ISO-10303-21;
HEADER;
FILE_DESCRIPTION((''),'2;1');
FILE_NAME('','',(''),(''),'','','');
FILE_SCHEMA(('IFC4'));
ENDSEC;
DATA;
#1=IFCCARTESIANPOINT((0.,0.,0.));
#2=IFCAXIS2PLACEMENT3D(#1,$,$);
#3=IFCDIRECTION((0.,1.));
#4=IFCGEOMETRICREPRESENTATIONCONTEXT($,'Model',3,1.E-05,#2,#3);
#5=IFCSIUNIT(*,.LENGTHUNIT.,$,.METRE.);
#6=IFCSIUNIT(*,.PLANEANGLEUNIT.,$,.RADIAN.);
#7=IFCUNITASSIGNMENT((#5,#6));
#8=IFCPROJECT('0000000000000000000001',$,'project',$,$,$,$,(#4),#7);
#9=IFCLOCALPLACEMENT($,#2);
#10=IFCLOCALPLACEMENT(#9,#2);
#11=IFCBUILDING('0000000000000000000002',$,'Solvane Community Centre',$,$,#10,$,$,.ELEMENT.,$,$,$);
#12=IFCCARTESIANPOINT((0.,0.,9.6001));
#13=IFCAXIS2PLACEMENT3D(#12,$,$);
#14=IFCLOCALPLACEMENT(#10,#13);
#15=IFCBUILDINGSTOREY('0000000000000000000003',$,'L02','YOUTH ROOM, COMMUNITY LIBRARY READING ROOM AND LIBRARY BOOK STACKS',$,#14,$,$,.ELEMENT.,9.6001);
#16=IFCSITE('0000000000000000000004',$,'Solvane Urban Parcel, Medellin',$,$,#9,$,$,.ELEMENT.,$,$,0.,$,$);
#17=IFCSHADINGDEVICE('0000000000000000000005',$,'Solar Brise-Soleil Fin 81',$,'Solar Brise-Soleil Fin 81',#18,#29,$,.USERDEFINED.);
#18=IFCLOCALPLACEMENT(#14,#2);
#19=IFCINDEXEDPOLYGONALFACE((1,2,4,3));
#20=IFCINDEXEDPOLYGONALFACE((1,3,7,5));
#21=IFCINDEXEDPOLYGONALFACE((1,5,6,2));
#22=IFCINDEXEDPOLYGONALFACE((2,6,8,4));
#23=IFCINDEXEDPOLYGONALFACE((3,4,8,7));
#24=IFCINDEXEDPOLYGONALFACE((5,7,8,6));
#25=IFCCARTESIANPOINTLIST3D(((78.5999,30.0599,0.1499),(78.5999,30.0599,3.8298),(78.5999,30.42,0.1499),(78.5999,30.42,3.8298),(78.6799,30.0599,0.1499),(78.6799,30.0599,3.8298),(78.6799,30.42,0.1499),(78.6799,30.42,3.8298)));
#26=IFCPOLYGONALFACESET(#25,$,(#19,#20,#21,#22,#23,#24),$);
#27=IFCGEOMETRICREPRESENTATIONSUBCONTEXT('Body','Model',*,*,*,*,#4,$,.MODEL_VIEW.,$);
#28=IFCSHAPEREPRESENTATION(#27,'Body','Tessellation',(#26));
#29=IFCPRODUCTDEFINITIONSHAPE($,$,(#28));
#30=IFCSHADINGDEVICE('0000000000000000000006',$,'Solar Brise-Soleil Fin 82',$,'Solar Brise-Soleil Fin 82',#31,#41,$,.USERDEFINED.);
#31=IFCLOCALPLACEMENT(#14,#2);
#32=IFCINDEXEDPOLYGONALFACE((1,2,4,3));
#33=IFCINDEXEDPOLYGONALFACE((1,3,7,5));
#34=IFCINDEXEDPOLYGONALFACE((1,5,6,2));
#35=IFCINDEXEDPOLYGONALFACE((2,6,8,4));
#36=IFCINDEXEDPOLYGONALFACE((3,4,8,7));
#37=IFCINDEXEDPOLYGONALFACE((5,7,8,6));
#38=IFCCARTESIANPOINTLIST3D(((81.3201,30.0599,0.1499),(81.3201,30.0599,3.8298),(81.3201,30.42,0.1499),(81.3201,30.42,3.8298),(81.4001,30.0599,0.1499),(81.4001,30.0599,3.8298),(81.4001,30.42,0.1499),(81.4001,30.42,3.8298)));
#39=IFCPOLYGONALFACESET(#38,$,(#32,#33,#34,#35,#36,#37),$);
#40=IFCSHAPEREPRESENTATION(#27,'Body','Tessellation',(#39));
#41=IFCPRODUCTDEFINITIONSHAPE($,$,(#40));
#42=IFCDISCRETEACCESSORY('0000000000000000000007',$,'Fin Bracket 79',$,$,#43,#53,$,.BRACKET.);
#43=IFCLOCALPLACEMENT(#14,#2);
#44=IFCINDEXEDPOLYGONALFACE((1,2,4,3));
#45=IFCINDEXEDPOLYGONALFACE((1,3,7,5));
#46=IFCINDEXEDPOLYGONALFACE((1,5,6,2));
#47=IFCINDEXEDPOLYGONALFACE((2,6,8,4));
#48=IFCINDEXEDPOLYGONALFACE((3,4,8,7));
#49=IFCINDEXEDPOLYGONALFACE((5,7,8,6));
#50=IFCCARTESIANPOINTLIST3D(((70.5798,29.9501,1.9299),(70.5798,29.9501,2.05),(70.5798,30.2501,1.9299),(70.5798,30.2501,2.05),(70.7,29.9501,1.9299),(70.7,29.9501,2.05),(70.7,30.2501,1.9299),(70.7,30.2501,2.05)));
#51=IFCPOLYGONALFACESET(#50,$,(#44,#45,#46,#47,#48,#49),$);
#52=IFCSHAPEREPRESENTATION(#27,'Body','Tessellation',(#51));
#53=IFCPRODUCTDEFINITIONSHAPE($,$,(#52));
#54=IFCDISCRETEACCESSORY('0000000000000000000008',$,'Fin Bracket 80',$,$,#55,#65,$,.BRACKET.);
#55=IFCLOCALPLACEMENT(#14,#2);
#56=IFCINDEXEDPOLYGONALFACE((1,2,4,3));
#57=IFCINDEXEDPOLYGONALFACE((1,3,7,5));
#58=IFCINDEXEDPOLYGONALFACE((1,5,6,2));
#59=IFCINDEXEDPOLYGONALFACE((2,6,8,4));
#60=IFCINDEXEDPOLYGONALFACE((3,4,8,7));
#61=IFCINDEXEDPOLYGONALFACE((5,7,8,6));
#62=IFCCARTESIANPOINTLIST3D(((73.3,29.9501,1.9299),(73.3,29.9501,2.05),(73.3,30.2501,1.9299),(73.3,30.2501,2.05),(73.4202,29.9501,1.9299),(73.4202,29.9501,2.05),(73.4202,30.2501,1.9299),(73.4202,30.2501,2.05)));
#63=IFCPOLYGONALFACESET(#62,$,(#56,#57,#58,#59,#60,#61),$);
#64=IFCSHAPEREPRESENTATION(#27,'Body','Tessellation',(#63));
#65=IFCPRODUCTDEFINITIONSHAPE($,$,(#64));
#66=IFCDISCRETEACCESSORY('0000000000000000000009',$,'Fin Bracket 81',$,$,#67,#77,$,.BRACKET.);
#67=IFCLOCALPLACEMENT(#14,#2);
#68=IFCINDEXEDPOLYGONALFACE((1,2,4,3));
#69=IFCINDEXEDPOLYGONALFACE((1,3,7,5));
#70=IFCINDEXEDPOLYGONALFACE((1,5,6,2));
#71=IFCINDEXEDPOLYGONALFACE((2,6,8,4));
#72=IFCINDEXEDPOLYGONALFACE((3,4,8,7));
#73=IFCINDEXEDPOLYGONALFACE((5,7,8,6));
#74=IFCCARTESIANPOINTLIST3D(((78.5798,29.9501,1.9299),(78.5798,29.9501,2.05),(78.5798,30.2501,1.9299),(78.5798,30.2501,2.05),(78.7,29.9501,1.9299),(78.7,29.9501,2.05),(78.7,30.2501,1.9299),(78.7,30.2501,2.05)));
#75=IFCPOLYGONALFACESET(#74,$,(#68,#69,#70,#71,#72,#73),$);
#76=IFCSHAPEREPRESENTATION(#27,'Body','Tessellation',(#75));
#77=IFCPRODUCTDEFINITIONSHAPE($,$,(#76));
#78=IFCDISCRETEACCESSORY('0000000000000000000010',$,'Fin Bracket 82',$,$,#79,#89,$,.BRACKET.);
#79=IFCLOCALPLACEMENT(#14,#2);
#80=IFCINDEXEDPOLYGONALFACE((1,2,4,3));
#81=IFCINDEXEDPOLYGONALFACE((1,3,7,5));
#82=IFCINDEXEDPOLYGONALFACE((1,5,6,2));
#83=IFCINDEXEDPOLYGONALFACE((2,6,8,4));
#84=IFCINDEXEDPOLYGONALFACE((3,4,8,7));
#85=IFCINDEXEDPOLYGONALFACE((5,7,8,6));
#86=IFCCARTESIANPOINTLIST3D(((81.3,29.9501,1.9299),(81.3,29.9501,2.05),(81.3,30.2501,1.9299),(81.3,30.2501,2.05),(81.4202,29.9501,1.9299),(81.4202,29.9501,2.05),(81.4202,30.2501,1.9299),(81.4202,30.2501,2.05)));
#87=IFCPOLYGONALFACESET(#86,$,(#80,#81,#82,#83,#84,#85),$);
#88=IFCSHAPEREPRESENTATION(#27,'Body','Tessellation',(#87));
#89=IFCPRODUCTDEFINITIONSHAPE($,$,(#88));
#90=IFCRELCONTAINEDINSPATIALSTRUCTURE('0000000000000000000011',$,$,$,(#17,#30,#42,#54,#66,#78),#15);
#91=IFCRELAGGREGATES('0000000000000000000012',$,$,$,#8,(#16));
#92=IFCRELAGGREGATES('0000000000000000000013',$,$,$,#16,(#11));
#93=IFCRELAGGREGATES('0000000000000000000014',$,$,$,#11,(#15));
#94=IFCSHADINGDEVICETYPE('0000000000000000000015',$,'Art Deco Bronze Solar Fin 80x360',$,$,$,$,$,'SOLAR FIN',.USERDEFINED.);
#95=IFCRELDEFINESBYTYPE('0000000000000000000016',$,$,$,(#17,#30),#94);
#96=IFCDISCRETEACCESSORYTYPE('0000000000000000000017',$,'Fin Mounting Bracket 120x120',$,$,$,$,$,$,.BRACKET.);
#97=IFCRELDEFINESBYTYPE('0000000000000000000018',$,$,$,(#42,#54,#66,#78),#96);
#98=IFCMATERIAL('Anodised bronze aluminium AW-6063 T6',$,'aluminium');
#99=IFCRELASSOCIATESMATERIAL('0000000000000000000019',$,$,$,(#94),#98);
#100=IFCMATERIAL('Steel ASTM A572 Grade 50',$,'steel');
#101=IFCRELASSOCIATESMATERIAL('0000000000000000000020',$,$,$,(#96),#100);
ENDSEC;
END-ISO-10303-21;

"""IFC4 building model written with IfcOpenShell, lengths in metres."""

from ifc_helpers import new_model, si_unit, direction, frame, origin, origin_2d, place, context, subcontext, project, spatial, rectangle, extrude, material, type_object, element, save


model = new_model("IFC4")

# Units and contexts
model_context = context("Model", 3, precision=1e-05, world=origin(), true_north=direction((0.0, 1.0)))
body_context = subcontext(model_context, "Body", "Model", "MODEL_VIEW")
ifc_project = project(units=[si_unit("LENGTHUNIT", "METRE"), si_unit("PLANEANGLEUNIT", "RADIAN")], contexts=[model_context])

# Site, building, storey
site_placement = place(None, origin())
site = spatial("IfcSite", under=ifc_project, at=site_placement, Name="Solvane Urban Parcel, Medellin", CompositionType="ELEMENT", RefElevation=0.0)
building_placement = place(site_placement, origin())
building = spatial("IfcBuilding", under=site, at=building_placement, Name="Solvane Community Centre", CompositionType="ELEMENT")
storey_placement = place(building_placement, frame((0.0, 0.0, 9.6001)))
storey = spatial("IfcBuildingStorey", under=building, at=storey_placement, Name="L02", Description="YOUTH ROOM, COMMUNITY LIBRARY READING ROOM AND LIBRARY BOOK STACKS", CompositionType="ELEMENT", Elevation=9.6001)

# Shared definitions
ifc_material_1 = material(Name="Anodised bronze aluminium AW-6063 T6", Category="aluminium")

# Shading devices
shading_device_type = type_object("IfcShadingDeviceType", Name="Art Deco Bronze Solar Fin 80x360", ElementType="SOLAR FIN", PredefinedType="USERDEFINED", material=ifc_material_1)
shading_device_1_placement = place(storey_placement, frame((78.6399, 30.24, 0.1499), z_axis=(0.0, 0.0, 1.0), x_axis=(1.0, 0.0, 0.0)))
element("IfcShadingDevice", 1, at=shading_device_1_placement, inside=storey, type_object=shading_device_type, Name="Solar Brise-Soleil Fin 81", ObjectType="Solar Brise-Soleil Fin 81", PredefinedType="USERDEFINED", context=body_context, shape_type="SweptSolid", body=[
    extrude(rectangle(XDim=0.0801, YDim=0.3601, at=origin_2d()), origin(), (0.0, 0.0, 1.0), 3.6799),
])
shading_device_2_placement = place(storey_placement, frame((81.3601, 30.24, 0.1499), z_axis=(0.0, 0.0, 1.0), x_axis=(1.0, 0.0, 0.0)))
element("IfcShadingDevice", 2, at=shading_device_2_placement, inside=storey, type_object=shading_device_type, Name="Solar Brise-Soleil Fin 82", ObjectType="Solar Brise-Soleil Fin 82", PredefinedType="USERDEFINED", context=body_context, shape_type="SweptSolid", body=[
    extrude(rectangle(XDim=0.0801, YDim=0.3601, at=origin_2d()), origin(), (0.0, 0.0, 1.0), 3.6799),
])

# Discrete accessories
ifc_material_2 = material(Name="Steel ASTM A572 Grade 50", Category="steel")
discrete_accessory_type = type_object("IfcDiscreteAccessoryType", Name="Fin Mounting Bracket 120x120", PredefinedType="BRACKET", material=ifc_material_2)
for number, where, z_axis, x_axis, name in (
    (3, (70.6399, 30.1001, 1.9299), (0.0, 0.0, 1.0), (1.0, 0.0, 0.0), "Fin Bracket 79"),
    (4, (73.3601, 30.1001, 1.9299), (0.0, 0.0, 1.0), (1.0, 0.0, 0.0), "Fin Bracket 80"),
    (5, (78.6399, 30.1001, 1.9299), (0.0, 0.0, 1.0), (1.0, 0.0, 0.0), "Fin Bracket 81"),
    (6, (81.3601, 30.1001, 1.9299), (0.0, 0.0, 1.0), (1.0, 0.0, 0.0), "Fin Bracket 82"),
):
    element("IfcDiscreteAccessory", number, at=place(storey_placement, frame(where, z_axis=z_axis, x_axis=x_axis)), inside=storey, type_object=discrete_accessory_type, Name=name, PredefinedType="BRACKET", context=body_context, shape_type="SweptSolid", body=[
        extrude(rectangle(XDim=0.1201, YDim=0.3, at=origin_2d()), origin(), (0.0, 0.0, 1.0), 0.1201),
    ])

save(model, "model.ifc")
